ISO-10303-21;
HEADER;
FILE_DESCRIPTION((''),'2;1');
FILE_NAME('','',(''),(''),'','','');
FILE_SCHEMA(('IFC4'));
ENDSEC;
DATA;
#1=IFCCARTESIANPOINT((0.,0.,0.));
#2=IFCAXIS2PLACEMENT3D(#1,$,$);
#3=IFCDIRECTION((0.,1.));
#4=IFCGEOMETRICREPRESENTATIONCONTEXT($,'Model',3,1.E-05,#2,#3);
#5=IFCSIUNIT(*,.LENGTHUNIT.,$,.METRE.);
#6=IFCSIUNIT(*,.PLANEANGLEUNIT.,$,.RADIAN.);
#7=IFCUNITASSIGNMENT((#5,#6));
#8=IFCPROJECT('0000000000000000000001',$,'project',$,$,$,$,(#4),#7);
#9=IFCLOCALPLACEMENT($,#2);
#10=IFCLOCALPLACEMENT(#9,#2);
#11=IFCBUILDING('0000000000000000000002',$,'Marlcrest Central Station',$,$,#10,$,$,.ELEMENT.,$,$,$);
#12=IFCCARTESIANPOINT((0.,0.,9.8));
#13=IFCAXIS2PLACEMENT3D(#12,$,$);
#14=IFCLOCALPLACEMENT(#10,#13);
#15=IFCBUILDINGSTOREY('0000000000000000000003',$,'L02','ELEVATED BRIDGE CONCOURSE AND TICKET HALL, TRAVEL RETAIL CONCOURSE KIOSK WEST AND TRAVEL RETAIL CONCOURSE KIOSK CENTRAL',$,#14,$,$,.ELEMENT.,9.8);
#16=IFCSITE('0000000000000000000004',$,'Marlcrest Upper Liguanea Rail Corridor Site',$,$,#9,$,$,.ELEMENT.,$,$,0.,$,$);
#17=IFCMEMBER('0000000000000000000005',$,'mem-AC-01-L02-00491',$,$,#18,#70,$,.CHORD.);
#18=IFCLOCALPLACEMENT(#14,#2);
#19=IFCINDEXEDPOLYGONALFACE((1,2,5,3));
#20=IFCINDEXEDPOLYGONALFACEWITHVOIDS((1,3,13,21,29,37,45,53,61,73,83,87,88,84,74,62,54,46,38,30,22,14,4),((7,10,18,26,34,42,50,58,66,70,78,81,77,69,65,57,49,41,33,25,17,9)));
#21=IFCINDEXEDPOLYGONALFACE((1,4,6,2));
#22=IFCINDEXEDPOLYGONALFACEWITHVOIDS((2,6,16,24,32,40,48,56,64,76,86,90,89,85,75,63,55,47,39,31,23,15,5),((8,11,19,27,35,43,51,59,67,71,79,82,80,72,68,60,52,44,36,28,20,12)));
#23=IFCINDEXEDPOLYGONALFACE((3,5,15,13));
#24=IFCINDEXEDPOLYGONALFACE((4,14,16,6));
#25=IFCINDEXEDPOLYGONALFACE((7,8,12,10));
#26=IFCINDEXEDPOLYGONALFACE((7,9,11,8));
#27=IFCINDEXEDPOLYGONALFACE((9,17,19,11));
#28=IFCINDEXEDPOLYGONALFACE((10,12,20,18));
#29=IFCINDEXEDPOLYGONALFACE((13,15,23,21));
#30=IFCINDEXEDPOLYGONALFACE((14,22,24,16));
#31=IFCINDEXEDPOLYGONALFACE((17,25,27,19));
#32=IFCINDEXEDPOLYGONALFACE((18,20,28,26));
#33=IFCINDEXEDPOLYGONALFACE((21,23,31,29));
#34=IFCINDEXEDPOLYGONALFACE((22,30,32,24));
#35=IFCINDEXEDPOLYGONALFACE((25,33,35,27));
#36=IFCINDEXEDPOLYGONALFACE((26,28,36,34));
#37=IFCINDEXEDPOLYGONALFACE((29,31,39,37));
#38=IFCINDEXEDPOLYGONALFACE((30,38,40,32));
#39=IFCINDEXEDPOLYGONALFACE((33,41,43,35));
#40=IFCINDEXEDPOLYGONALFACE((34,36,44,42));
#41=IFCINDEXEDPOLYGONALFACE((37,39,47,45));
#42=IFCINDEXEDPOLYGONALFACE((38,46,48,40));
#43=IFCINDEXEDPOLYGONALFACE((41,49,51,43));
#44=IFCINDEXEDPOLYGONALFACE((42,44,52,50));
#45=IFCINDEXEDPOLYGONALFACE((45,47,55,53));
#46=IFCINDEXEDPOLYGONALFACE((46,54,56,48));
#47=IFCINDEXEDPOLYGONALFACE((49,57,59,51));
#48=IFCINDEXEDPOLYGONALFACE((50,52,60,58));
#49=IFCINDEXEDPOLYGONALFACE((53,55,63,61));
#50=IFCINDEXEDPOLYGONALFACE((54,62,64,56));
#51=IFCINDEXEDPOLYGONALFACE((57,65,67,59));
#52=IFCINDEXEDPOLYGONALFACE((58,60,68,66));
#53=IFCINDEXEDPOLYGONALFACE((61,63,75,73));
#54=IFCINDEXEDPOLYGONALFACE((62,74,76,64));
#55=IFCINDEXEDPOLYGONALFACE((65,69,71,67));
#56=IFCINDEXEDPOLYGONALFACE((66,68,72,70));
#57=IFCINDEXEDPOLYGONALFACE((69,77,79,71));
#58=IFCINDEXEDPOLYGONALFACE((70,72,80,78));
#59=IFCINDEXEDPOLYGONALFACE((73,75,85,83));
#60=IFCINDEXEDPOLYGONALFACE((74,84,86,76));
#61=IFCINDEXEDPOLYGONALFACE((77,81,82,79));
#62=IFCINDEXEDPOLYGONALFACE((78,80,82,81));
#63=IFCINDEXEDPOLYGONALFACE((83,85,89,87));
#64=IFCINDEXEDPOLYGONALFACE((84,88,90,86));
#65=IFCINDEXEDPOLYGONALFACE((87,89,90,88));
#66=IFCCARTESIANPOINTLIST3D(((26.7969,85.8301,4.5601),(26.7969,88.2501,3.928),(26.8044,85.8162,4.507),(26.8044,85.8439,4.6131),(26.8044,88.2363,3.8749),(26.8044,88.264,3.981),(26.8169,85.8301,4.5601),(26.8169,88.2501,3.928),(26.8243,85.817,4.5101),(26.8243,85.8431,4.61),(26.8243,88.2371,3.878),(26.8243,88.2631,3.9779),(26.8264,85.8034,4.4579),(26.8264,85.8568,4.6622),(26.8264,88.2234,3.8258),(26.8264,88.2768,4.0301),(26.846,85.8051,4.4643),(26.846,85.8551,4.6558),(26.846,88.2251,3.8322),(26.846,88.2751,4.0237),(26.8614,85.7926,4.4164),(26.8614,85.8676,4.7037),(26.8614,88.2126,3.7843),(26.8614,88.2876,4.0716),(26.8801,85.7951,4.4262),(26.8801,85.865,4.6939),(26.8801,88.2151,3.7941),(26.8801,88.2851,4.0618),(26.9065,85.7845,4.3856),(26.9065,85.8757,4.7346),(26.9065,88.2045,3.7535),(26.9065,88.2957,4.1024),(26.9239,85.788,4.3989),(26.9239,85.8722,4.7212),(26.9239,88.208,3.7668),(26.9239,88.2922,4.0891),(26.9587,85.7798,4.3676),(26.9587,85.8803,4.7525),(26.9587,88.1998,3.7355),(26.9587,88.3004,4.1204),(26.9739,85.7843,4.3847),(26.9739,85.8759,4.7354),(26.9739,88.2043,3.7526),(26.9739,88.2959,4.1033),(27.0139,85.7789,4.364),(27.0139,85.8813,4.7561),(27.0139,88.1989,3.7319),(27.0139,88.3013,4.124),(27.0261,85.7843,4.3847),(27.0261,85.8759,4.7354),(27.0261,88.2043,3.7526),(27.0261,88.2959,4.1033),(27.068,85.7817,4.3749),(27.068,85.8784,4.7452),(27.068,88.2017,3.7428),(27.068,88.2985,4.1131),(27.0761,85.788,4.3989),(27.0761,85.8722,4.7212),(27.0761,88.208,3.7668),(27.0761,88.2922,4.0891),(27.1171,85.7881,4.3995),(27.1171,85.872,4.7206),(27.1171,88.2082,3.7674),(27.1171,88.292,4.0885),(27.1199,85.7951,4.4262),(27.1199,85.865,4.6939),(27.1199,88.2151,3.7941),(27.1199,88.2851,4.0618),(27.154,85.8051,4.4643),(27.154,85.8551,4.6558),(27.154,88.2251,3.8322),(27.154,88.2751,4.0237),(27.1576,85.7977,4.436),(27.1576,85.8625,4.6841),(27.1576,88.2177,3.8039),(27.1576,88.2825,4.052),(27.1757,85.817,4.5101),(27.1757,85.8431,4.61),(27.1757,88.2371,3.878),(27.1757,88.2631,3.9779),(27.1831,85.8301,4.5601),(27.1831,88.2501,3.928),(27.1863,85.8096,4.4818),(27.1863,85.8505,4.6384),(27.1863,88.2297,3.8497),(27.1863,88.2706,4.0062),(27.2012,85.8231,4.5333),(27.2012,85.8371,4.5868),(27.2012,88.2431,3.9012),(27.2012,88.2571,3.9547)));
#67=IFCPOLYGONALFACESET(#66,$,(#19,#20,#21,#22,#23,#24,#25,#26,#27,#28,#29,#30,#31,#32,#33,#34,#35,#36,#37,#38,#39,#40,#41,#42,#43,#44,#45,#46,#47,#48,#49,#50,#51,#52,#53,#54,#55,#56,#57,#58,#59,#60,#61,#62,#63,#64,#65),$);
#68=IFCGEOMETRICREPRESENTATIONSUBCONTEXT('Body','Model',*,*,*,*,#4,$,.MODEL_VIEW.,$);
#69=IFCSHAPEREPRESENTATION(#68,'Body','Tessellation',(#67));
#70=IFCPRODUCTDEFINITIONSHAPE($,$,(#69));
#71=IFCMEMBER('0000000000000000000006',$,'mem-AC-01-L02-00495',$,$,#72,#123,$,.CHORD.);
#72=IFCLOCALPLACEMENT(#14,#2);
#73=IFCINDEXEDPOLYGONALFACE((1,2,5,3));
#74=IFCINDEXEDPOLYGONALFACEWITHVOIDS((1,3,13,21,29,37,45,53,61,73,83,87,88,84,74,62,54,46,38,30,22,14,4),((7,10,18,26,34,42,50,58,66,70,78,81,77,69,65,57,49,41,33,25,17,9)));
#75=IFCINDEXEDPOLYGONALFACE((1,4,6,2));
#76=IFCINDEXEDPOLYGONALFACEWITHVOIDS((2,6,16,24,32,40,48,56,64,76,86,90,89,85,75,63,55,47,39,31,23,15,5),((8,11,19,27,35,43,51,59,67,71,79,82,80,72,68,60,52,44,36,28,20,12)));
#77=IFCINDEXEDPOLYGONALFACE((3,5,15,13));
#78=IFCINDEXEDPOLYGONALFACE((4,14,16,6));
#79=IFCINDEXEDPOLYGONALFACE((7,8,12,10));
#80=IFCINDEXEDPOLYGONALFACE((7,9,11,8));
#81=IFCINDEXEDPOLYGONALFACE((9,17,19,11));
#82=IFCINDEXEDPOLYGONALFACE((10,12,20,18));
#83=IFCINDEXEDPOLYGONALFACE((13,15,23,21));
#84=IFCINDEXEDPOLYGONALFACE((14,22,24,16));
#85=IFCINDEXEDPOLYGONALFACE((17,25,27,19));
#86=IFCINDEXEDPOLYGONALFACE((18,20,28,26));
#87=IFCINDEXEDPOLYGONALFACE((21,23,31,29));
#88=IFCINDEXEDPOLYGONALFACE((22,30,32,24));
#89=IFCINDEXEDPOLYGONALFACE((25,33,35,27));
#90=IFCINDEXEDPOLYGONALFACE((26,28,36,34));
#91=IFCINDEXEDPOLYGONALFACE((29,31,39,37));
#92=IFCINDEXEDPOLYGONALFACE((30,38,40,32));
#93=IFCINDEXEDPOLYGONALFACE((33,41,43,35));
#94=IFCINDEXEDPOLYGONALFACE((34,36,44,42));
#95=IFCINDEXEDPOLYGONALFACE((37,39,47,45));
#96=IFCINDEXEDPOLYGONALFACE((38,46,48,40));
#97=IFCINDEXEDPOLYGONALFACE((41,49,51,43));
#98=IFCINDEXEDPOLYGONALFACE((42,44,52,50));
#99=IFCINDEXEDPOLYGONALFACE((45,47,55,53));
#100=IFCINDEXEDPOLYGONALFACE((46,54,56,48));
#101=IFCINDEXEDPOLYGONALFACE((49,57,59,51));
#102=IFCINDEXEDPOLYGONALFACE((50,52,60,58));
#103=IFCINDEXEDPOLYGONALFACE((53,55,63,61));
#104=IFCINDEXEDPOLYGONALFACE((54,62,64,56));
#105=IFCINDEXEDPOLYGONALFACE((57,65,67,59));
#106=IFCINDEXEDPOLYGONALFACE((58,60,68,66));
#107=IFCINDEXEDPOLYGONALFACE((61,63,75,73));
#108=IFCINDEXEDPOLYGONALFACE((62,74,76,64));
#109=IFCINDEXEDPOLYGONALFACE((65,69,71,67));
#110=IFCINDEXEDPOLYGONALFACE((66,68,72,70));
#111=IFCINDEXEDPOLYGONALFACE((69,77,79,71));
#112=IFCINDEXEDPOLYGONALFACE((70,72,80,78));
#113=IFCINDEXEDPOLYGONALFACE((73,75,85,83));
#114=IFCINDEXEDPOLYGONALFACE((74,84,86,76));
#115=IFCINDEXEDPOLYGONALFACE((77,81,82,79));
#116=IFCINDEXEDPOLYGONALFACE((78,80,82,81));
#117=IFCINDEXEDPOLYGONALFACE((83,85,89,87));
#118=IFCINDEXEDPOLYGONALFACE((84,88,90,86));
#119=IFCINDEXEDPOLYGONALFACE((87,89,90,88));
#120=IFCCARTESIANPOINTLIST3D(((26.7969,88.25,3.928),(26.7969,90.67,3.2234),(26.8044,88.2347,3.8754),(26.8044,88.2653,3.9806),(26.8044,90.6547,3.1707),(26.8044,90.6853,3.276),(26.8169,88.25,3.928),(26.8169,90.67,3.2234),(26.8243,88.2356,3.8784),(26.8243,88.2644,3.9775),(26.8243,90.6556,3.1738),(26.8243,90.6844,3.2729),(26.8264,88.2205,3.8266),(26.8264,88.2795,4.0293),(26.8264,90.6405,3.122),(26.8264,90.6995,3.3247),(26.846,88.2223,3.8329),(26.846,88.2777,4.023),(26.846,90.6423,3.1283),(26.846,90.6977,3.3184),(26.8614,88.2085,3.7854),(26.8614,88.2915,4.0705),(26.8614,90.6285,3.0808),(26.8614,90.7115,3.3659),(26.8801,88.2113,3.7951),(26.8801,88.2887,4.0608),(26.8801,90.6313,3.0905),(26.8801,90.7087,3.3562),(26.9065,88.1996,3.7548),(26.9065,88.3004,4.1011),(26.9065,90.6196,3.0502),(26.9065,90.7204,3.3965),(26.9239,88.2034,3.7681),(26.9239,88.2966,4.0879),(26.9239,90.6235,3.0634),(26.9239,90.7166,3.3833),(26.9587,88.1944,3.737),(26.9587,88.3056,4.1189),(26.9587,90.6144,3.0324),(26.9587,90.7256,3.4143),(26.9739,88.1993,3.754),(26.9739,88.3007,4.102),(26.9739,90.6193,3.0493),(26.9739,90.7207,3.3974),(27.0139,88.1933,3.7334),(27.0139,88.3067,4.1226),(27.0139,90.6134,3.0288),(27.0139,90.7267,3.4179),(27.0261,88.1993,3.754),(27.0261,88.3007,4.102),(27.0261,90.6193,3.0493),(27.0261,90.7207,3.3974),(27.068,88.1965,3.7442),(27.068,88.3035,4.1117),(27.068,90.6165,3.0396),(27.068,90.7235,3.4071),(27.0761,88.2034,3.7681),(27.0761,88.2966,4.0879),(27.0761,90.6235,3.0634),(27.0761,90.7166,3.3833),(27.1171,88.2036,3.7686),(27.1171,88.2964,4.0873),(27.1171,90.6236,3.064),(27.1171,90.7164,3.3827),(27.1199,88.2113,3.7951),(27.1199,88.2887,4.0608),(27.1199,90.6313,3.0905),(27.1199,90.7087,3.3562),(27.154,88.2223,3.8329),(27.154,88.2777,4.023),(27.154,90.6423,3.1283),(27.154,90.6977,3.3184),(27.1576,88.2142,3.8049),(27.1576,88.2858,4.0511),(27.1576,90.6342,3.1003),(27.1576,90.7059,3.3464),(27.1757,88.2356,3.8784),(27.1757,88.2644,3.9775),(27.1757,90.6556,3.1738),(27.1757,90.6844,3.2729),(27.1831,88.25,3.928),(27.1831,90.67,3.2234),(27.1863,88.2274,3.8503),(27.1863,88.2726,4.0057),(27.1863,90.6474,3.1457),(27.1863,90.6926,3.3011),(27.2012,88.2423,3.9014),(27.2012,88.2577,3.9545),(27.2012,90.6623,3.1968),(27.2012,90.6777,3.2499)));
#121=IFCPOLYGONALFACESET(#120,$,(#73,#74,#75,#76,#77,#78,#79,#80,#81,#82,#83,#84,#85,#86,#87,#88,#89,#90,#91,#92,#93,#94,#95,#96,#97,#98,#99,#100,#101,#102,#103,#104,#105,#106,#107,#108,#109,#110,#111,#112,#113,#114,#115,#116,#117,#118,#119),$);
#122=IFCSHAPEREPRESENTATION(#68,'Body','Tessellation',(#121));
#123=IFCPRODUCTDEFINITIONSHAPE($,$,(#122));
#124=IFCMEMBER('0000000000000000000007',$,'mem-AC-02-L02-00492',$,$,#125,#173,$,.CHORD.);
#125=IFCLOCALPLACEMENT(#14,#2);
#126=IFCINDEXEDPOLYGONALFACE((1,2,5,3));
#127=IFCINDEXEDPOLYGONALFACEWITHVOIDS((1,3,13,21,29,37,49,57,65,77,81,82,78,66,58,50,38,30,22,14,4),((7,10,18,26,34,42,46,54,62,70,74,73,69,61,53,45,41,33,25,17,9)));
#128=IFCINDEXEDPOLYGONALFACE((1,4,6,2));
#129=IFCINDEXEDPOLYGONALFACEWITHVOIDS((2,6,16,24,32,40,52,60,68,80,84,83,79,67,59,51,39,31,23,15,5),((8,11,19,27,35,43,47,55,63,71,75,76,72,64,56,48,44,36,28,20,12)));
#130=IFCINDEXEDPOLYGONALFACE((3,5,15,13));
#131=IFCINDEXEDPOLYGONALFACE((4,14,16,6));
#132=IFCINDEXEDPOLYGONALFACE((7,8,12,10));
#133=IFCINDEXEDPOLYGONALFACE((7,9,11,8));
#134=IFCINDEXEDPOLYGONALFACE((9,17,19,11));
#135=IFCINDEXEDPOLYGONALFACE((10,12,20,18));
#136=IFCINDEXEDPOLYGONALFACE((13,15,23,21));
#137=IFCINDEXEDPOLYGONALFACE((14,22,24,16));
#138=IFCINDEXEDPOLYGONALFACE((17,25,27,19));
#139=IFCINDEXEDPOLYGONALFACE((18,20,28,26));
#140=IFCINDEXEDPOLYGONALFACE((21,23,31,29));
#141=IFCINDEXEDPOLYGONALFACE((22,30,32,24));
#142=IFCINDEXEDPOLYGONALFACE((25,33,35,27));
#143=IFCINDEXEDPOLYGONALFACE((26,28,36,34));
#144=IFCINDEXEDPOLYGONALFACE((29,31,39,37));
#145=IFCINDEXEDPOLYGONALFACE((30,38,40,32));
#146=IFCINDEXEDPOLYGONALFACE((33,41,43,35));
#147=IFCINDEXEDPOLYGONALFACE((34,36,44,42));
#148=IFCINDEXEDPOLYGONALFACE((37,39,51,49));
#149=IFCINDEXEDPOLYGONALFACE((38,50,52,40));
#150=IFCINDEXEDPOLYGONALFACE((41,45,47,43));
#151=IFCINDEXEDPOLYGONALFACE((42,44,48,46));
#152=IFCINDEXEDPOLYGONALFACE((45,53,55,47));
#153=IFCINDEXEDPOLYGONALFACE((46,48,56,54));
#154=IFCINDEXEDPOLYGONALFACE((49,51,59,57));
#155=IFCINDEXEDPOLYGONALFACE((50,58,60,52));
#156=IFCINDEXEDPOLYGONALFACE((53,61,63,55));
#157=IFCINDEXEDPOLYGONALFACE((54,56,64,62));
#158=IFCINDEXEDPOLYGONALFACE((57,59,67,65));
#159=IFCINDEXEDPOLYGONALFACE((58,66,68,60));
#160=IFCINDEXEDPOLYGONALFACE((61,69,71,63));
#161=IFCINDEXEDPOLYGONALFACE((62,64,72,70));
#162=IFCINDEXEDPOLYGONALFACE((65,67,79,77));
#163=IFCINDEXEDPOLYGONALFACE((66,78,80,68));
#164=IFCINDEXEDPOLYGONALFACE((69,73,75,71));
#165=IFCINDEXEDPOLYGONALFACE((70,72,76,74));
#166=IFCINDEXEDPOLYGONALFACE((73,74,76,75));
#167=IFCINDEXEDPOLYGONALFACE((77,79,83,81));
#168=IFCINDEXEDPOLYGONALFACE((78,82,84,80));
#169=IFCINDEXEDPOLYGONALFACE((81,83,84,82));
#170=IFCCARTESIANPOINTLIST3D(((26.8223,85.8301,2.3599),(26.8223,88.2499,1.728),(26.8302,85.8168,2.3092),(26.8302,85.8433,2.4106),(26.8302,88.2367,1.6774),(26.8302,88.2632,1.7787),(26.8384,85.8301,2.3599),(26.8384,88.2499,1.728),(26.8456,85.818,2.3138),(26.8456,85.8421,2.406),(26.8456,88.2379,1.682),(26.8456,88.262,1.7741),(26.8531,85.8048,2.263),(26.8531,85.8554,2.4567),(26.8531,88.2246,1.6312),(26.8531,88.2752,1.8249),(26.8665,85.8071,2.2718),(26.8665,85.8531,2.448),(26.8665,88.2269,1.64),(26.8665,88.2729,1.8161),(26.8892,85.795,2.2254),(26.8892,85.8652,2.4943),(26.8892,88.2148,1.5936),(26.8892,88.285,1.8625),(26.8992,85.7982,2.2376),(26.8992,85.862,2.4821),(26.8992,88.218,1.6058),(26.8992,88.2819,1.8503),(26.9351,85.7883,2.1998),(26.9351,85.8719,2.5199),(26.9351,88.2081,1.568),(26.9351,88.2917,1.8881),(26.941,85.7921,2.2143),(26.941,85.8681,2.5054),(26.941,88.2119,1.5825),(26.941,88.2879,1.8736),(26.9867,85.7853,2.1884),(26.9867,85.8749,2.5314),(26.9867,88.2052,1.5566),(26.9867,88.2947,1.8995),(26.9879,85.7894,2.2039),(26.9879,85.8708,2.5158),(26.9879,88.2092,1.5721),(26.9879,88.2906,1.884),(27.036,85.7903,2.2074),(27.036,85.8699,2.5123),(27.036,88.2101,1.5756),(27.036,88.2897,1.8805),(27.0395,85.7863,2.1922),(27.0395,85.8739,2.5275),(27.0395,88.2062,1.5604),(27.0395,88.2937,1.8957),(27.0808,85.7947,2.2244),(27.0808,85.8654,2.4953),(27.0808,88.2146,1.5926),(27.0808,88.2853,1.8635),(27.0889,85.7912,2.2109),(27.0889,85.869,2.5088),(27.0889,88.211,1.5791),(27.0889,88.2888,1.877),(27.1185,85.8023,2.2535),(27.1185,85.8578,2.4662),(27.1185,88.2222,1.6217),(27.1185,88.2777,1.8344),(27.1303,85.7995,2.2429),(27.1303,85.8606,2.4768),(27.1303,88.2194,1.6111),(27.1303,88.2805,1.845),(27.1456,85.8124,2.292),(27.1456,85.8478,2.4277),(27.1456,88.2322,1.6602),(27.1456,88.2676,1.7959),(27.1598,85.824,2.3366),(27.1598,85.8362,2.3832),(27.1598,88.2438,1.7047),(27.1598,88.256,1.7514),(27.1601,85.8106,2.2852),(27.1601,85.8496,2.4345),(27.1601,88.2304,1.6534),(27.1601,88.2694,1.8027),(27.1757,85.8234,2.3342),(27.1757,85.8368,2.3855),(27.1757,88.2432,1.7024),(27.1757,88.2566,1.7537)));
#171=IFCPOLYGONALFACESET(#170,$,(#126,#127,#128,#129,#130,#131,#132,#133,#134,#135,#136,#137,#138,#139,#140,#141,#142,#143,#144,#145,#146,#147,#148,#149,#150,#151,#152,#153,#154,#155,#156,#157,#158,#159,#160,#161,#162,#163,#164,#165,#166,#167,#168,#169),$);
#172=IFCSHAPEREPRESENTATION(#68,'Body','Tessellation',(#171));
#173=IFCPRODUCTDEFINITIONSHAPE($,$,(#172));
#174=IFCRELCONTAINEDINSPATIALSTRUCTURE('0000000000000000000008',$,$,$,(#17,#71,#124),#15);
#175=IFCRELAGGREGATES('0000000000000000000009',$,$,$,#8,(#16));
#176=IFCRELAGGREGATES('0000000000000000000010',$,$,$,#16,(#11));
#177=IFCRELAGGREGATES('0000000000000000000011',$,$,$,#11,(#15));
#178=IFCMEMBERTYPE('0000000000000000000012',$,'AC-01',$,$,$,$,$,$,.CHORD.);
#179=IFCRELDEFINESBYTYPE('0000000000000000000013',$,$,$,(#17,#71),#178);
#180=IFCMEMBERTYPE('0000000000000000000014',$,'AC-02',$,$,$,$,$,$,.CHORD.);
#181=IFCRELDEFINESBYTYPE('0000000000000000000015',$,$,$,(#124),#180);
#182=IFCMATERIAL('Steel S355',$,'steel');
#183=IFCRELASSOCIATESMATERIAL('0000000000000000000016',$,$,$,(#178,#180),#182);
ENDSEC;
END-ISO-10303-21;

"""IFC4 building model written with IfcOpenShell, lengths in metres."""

from ifc_helpers import new_model, si_unit, direction, frame, origin, origin_2d, place, context, subcontext, project, spatial, hollow_circle, extrude, material, material_profile, profile_set, type_object, element, save


model = new_model("IFC4")

# Units and contexts
model_context = context("Model", 3, precision=1e-05, world=origin(), true_north=direction((0.0, 1.0)))
body_context = subcontext(model_context, "Body", "Model", "MODEL_VIEW")
ifc_project = project(units=[si_unit("LENGTHUNIT", "METRE"), si_unit("PLANEANGLEUNIT", "RADIAN")], contexts=[model_context])

# Site, building, storey
site_placement = place(None, origin())
site = spatial("IfcSite", under=ifc_project, at=site_placement, Name="Marlcrest Upper Liguanea Rail Corridor Site", CompositionType="ELEMENT", RefElevation=0.0)
building_placement = place(site_placement, origin())
building = spatial("IfcBuilding", under=site, at=building_placement, Name="Marlcrest Central Station", CompositionType="ELEMENT")
storey_placement = place(building_placement, frame((0.0, 0.0, 9.8)))
storey = spatial("IfcBuildingStorey", under=building, at=storey_placement, Name="L02", Description="ELEVATED BRIDGE CONCOURSE AND TICKET HALL, TRAVEL RETAIL CONCOURSE KIOSK WEST AND TRAVEL RETAIL CONCOURSE KIOSK CENTRAL", CompositionType="ELEMENT", Elevation=9.8)

# Members
ifc_material_1 = material(Name="Steel S355", Category="steel")
ifc_material_profile_1 = material_profile(ifc_material_1, hollow_circle(Radius=0.2031, WallThickness=0.02, at=origin_2d()), Name="CHS 406.4x20")
ifc_profile_set_1 = profile_set([ifc_material_profile_1], Name="Steel S355")
member_type_1 = type_object("IfcMemberType", Name="AC-01", PredefinedType="CHORD", material=ifc_profile_set_1)
member_1_placement = place(storey_placement, frame((27.0, 85.8301, 4.5601), z_axis=(0.0, 0.967539, -0.25272), x_axis=(-1.0, 0.0, 0.0)))
element("IfcMember", 1, at=member_1_placement, inside=storey, type_object=member_type_1, Name="mem-AC-01-L02-00491", PredefinedType="CHORD", context=body_context, shape_type="SweptSolid", body=[
    extrude(hollow_circle(Radius=0.2031, WallThickness=0.02, at=origin_2d()), origin(), (0.0, 0.0, 1.0), 2.5012),
])
member_2_placement = place(storey_placement, frame((27.0, 88.25, 3.928), z_axis=(0.0, 0.96013, -0.279554), x_axis=(-1.0, 0.0, 0.0)))
element("IfcMember", 2, at=member_2_placement, inside=storey, type_object=member_type_1, Name="mem-AC-01-L02-00495", PredefinedType="CHORD", context=body_context, shape_type="SweptSolid", body=[
    extrude(hollow_circle(Radius=0.2031, WallThickness=0.02, at=origin_2d()), origin(), (0.0, 0.0, 1.0), 2.5205),
])
ifc_material_profile_2 = material_profile(ifc_material_1, hollow_circle(Radius=0.1777, WallThickness=0.0161, at=origin_2d()), Name="CHS 355.6x16")
ifc_profile_set_2 = profile_set([ifc_material_profile_2], Name="Steel S355")
member_type_2 = type_object("IfcMemberType", Name="AC-02", PredefinedType="CHORD", material=ifc_profile_set_2)
member_3_placement = place(storey_placement, frame((27.0, 85.8301, 2.3599), z_axis=(0.0, 0.967563, -0.252629), x_axis=(-1.0, 0.0, 0.0)))
element("IfcMember", 3, at=member_3_placement, inside=storey, type_object=member_type_2, Name="mem-AC-02-L02-00492", PredefinedType="CHORD", context=body_context, shape_type="SweptSolid", body=[
    extrude(hollow_circle(Radius=0.1777, WallThickness=0.0161, at=origin_2d()), origin(), (0.0, 0.0, 1.0), 2.501),
])

save(model, "model.ifc")
